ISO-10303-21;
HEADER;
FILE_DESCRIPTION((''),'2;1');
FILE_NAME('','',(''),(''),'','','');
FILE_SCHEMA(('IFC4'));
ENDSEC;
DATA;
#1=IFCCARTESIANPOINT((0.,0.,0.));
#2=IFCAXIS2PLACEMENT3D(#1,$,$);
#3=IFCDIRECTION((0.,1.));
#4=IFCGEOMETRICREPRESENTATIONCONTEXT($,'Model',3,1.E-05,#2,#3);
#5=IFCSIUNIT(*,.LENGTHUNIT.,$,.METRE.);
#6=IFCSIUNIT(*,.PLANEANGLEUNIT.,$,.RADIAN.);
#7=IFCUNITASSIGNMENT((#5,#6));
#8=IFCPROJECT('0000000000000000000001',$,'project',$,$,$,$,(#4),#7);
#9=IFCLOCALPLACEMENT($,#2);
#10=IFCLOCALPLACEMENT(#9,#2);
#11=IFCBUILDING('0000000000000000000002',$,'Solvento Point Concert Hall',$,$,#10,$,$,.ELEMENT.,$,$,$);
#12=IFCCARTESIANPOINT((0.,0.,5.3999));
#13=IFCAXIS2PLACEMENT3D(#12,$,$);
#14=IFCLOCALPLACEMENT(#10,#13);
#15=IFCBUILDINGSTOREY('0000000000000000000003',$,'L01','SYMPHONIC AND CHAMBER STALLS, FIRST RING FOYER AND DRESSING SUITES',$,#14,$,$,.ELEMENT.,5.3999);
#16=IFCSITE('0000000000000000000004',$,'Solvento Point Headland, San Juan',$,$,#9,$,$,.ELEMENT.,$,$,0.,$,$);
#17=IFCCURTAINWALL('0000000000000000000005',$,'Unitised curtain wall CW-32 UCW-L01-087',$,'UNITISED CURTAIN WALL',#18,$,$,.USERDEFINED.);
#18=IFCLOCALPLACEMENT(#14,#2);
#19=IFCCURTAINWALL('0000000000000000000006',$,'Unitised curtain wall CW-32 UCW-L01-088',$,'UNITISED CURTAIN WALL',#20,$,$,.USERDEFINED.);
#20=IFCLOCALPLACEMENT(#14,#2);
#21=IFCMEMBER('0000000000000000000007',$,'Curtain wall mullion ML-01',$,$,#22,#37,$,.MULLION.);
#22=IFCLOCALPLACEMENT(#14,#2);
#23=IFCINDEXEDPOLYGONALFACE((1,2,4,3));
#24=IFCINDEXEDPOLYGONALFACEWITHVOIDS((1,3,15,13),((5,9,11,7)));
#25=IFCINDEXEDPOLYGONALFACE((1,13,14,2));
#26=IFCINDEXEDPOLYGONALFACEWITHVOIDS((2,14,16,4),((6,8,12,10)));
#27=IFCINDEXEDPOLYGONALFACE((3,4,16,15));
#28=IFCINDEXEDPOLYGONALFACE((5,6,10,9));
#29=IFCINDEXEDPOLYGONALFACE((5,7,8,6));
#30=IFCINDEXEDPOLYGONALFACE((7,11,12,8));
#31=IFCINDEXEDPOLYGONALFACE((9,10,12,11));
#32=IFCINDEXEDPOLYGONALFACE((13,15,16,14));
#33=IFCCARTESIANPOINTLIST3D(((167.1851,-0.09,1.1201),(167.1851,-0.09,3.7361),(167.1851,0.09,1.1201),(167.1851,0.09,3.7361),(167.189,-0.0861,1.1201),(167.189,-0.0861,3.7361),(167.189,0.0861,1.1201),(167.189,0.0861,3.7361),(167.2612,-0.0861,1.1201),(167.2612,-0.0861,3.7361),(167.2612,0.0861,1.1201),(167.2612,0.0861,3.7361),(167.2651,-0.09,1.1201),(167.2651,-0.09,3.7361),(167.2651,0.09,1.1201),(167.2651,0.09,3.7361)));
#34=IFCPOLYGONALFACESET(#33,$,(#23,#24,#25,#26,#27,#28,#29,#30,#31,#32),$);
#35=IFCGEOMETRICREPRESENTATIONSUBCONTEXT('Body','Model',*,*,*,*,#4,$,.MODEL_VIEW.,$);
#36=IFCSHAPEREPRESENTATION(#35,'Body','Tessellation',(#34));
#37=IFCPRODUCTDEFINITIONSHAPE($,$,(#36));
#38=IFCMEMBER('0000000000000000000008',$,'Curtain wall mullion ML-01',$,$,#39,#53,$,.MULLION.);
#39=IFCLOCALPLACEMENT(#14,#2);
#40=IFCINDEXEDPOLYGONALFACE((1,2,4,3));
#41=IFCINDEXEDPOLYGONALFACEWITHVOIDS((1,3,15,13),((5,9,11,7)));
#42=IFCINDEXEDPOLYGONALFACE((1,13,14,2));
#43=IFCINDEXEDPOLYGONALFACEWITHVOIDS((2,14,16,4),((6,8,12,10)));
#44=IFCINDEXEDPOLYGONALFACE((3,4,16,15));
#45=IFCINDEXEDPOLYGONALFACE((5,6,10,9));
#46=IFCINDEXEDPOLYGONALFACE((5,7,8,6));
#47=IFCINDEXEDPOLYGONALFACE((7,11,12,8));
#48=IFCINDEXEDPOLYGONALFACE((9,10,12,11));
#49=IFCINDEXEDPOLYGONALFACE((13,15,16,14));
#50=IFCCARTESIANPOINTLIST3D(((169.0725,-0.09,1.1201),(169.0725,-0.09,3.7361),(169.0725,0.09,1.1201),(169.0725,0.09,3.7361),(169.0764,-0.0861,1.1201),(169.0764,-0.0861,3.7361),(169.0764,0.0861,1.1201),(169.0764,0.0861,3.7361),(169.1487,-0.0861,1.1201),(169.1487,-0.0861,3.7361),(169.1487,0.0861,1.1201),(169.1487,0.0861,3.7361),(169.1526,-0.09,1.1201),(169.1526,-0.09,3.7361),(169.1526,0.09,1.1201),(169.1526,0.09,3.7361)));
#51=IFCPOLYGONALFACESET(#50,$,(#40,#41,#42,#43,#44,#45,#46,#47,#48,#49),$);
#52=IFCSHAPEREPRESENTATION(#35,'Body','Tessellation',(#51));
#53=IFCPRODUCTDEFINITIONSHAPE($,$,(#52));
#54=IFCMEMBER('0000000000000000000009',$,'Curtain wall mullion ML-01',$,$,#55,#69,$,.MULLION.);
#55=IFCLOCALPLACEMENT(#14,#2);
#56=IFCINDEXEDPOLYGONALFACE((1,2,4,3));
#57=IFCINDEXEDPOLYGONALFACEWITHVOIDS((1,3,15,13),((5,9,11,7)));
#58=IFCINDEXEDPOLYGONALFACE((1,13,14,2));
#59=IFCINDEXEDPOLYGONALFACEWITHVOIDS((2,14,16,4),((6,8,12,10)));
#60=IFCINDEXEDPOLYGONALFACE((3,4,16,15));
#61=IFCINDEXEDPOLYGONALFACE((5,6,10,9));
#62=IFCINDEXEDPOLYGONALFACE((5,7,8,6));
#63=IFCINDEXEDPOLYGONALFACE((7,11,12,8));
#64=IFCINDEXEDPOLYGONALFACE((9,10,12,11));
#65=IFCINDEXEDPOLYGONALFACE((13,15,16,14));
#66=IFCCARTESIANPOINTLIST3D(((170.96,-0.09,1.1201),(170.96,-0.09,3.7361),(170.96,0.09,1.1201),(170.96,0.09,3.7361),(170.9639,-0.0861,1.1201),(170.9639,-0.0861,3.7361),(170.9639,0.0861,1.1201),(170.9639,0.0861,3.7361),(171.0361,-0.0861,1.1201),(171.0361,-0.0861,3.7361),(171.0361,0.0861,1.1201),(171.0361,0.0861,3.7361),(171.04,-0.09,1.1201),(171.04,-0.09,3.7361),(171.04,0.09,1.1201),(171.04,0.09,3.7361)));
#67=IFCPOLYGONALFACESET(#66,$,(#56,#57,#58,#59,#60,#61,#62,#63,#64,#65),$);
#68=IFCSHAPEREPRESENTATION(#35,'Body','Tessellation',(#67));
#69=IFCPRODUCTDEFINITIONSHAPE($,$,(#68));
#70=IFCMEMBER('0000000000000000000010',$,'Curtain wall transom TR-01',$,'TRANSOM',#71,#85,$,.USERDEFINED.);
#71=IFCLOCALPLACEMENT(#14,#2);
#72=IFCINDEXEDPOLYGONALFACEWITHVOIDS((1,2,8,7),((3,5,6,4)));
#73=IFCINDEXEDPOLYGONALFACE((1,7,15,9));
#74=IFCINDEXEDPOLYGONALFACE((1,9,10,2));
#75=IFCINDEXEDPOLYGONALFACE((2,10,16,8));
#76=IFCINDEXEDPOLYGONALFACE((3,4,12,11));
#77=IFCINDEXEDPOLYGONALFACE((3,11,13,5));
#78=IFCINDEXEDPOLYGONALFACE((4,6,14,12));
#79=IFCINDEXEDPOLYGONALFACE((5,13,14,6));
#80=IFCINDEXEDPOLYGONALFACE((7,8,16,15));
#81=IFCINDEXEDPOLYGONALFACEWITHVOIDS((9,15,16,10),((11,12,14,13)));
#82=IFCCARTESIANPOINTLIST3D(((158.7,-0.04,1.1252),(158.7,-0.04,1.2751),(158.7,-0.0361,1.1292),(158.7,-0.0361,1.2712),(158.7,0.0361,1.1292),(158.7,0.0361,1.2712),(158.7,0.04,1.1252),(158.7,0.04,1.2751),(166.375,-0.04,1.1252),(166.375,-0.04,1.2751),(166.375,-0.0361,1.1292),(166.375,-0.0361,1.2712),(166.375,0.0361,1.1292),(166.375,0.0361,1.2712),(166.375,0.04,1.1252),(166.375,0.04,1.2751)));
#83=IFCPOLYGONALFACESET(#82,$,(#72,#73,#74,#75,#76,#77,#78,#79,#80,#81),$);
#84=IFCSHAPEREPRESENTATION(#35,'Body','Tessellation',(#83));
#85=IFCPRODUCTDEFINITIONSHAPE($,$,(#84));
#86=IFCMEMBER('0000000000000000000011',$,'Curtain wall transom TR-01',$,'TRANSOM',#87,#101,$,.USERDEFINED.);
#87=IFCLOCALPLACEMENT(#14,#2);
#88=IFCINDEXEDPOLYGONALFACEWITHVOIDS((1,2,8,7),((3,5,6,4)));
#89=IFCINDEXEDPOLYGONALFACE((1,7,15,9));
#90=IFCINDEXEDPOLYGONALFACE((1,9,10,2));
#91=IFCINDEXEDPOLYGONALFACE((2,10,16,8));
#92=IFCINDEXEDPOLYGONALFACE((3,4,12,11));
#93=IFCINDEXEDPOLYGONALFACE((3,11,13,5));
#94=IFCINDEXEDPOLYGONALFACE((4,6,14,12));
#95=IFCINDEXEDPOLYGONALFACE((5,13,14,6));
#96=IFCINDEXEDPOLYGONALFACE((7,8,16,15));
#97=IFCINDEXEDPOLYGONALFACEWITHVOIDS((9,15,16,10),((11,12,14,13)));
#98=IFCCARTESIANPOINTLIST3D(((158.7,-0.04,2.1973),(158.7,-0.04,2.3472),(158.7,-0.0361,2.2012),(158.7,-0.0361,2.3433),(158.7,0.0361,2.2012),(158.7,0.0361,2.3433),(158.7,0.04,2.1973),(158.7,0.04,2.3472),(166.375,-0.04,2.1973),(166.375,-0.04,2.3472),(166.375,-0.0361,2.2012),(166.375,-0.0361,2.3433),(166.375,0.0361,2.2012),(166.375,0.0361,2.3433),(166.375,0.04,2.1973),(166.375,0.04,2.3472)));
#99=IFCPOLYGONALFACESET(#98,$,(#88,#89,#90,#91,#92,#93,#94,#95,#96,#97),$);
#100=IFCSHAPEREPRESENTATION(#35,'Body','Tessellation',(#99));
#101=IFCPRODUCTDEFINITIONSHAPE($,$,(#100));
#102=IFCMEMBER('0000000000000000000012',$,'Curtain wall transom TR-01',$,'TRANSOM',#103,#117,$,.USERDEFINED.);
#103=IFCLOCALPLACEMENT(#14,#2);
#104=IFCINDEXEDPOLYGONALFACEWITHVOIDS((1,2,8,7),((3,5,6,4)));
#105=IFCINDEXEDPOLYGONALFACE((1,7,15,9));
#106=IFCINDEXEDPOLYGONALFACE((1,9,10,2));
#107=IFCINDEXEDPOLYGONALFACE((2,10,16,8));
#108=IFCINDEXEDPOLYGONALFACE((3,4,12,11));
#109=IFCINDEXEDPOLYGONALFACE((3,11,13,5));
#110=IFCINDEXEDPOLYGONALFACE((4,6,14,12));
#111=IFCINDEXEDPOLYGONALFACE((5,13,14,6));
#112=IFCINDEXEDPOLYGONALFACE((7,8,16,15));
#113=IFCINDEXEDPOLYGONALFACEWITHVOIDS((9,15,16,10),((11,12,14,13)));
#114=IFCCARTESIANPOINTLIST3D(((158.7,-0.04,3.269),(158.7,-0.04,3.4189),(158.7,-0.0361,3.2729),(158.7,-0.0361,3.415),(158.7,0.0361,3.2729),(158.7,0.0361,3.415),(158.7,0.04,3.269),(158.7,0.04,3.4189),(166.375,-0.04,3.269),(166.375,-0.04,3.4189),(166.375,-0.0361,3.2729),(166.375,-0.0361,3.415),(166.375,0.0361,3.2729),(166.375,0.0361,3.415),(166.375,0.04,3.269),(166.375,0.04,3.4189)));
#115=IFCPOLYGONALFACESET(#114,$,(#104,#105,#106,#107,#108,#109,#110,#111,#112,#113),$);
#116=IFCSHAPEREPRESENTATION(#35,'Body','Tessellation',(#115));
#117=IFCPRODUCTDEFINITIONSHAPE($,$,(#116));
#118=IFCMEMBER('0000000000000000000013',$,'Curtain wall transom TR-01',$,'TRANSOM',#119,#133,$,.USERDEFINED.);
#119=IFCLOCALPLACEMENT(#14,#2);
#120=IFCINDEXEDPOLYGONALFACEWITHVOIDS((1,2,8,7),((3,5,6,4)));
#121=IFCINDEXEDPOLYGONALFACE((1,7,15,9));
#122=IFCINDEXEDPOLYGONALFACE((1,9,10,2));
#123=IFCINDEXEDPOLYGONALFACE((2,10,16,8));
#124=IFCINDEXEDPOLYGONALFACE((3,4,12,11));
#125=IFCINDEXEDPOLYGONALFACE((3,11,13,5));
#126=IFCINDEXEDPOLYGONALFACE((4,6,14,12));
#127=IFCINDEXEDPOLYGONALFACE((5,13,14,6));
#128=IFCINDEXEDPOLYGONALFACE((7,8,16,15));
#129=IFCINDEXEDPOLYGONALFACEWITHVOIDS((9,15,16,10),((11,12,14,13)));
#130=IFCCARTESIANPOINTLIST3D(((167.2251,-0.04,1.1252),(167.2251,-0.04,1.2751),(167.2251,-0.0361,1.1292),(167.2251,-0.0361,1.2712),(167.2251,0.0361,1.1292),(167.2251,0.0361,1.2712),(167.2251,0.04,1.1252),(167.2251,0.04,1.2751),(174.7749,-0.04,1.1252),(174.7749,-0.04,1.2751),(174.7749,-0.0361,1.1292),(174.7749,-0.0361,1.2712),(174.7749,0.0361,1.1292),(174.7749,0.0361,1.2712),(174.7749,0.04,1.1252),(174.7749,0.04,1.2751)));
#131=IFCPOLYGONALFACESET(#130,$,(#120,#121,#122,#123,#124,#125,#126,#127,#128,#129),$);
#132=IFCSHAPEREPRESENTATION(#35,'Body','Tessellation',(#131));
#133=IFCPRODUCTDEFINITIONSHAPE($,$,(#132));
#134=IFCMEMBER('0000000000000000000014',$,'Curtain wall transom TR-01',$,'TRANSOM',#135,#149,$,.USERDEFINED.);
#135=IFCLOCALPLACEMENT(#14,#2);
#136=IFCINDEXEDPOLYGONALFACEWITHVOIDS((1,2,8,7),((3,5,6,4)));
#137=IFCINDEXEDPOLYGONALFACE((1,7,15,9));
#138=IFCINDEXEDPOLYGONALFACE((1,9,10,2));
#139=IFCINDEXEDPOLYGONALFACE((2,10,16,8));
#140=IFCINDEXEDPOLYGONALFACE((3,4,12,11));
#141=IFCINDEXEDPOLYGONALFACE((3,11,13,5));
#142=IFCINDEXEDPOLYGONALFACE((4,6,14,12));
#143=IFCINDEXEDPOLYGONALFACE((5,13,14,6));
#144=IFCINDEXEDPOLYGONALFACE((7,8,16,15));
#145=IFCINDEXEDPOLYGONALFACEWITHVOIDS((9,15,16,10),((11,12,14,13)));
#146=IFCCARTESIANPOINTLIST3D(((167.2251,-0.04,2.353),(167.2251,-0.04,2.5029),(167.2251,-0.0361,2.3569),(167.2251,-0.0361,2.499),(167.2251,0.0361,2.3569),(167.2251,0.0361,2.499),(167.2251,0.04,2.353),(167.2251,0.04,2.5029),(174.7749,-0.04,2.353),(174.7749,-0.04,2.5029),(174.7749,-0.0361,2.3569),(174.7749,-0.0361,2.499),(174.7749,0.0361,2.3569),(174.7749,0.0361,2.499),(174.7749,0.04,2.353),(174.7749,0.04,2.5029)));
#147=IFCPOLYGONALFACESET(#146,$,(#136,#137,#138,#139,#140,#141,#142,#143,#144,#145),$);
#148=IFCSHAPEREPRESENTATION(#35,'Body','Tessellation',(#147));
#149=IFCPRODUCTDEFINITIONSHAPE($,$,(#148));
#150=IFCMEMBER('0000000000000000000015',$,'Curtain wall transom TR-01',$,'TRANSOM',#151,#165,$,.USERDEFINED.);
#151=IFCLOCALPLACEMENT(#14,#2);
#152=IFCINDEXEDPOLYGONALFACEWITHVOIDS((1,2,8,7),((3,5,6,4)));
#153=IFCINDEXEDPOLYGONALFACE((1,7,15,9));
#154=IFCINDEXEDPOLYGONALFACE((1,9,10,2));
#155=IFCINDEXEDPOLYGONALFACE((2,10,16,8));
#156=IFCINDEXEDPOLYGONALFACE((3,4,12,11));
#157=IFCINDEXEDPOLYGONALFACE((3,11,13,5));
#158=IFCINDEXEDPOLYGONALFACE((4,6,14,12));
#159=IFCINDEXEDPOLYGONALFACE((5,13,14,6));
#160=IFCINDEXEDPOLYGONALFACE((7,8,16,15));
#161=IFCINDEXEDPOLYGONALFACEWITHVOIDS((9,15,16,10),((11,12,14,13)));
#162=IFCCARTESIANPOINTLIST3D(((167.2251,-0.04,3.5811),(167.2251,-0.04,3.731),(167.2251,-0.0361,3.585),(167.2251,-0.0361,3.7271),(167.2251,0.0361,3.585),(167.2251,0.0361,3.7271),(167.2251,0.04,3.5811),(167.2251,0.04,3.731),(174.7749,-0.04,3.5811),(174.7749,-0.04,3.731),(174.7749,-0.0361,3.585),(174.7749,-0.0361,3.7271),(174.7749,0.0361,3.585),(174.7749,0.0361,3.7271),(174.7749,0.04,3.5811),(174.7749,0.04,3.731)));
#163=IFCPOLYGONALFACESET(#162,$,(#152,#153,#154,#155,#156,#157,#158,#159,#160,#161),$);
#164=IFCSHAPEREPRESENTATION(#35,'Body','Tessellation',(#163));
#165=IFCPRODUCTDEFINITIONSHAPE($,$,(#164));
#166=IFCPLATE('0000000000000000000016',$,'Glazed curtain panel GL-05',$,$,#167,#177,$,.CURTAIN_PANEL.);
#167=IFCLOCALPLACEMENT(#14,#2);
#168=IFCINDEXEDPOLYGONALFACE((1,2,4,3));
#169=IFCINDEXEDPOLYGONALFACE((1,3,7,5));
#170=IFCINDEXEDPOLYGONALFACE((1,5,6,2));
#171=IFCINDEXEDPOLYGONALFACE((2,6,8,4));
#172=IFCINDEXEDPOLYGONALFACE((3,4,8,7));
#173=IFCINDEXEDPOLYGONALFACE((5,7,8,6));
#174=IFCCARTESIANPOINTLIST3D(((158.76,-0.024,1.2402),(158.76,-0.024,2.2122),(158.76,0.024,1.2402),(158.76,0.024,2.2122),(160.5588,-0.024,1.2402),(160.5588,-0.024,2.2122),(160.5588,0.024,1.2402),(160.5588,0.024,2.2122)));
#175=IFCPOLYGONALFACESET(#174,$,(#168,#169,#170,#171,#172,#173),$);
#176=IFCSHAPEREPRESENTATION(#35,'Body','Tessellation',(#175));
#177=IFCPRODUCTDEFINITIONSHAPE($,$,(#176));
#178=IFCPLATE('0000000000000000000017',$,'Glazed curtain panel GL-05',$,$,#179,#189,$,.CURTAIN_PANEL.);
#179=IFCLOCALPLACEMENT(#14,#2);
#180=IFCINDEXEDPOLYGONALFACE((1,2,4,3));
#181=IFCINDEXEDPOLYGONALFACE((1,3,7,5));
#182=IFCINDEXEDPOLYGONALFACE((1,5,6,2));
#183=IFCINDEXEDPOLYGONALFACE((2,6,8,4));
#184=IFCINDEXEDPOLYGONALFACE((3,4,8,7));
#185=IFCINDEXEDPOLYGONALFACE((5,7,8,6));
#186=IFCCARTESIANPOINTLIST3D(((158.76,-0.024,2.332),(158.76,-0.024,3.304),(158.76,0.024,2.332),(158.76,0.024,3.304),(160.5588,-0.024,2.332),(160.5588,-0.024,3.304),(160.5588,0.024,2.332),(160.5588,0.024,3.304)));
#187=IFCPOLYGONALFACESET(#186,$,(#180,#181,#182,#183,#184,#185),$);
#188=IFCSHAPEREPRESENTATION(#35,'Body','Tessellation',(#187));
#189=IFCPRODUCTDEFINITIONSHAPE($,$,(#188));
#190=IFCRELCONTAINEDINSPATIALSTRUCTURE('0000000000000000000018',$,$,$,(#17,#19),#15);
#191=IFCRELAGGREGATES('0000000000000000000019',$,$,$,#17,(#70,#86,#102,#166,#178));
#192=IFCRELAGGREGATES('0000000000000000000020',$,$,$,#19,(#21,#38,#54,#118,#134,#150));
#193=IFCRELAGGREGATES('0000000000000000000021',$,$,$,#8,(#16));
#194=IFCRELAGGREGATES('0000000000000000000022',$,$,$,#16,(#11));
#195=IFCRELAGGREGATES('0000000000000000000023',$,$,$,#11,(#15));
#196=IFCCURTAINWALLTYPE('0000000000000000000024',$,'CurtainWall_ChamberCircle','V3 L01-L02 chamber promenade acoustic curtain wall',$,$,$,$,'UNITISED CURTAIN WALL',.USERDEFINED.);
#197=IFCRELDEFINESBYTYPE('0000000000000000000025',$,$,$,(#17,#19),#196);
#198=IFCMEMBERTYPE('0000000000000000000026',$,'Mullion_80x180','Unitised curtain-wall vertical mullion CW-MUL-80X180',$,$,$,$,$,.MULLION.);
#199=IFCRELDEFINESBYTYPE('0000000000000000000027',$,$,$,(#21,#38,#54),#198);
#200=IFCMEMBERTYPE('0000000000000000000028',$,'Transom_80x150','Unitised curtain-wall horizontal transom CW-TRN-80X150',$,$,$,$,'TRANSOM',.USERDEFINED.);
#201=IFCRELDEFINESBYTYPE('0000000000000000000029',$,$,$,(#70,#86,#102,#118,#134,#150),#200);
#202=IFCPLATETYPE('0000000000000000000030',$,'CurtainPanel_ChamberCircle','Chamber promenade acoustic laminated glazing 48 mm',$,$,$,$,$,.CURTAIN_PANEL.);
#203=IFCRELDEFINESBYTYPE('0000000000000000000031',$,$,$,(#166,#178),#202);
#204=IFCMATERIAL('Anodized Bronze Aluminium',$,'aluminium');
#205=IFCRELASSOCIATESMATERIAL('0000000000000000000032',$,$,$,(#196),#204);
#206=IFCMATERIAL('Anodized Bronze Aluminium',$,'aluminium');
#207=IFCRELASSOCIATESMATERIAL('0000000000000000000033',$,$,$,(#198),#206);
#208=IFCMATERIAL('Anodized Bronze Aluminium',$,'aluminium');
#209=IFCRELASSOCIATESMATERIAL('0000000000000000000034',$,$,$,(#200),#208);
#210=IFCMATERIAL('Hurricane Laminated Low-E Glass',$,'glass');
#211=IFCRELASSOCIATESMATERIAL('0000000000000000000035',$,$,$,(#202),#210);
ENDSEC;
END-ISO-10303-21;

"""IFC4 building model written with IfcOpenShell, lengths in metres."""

from ifc_helpers import new_model, si_unit, direction, frame, origin, origin_2d, place, context, subcontext, project, spatial, rectangle, hollow_rectangle, extrude, material, material_profile, profile_set, type_object, element, aggregate, save


model = new_model("IFC4")

# Units and contexts
model_context = context("Model", 3, precision=1e-05, world=origin(), true_north=direction((0.0, 1.0)))
body_context = subcontext(model_context, "Body", "Model", "MODEL_VIEW")
ifc_project = project(units=[si_unit("LENGTHUNIT", "METRE"), si_unit("PLANEANGLEUNIT", "RADIAN")], contexts=[model_context])

# Site, building, storey
site_placement = place(None, origin())
site = spatial("IfcSite", under=ifc_project, at=site_placement, Name="Solvento Point Headland, San Juan", CompositionType="ELEMENT", RefElevation=0.0)
building_placement = place(site_placement, origin())
building = spatial("IfcBuilding", under=site, at=building_placement, Name="Solvento Point Concert Hall", CompositionType="ELEMENT")
storey_placement = place(building_placement, frame((0.0, 0.0, 5.3999)))
storey = spatial("IfcBuildingStorey", under=building, at=storey_placement, Name="L01", Description="SYMPHONIC AND CHAMBER STALLS, FIRST RING FOYER AND DRESSING SUITES", CompositionType="ELEMENT", Elevation=5.3999)

# Curtain walls, members
ifc_material_1 = material(Name="Anodized Bronze Aluminium", Category="aluminium")
curtain_wall_type = type_object("IfcCurtainWallType", Name="CurtainWall_ChamberCircle", Description="V3 L01-L02 chamber promenade acoustic curtain wall", ElementType="UNITISED CURTAIN WALL", PredefinedType="USERDEFINED", material=ifc_material_1)
curtain_wall_1_placement = place(storey_placement, origin())
curtain_wall_1 = element("IfcCurtainWall", 1, at=curtain_wall_1_placement, inside=storey, type_object=curtain_wall_type, Name="Unitised curtain wall CW-32 UCW-L01-087", ObjectType="UNITISED CURTAIN WALL", PredefinedType="USERDEFINED")
ifc_material_2 = material(Name="Anodized Bronze Aluminium", Category="aluminium")
ifc_material_profile_1 = material_profile(ifc_material_2, hollow_rectangle(XDim=0.0801, YDim=0.1799, WallThickness=0.0039, at=origin_2d()), Name="CW-MUL-80X180")
ifc_profile_set_1 = profile_set([ifc_material_profile_1], Name="Anodized Bronze Aluminium")
member_type_1 = type_object("IfcMemberType", Name="Mullion_80x180", Description="Unitised curtain-wall vertical mullion CW-MUL-80X180", PredefinedType="MULLION", material=ifc_profile_set_1)
curtain_wall_2_placement = place(storey_placement, origin())
curtain_wall_2 = element("IfcCurtainWall", 2, at=curtain_wall_2_placement, inside=storey, type_object=curtain_wall_type, Name="Unitised curtain wall CW-32 UCW-L01-088", ObjectType="UNITISED CURTAIN WALL", PredefinedType="USERDEFINED")
member_1_placement = place(storey_placement, frame((167.2251, 0.0, 1.1201), z_axis=(0.0, 0.0, 1.0), x_axis=(1.0, 0.0, 0.0)))
member_1 = element("IfcMember", 3, at=member_1_placement, type_object=member_type_1, Name="Curtain wall mullion ML-01", PredefinedType="MULLION", context=body_context, shape_type="SweptSolid", body=[
    extrude(hollow_rectangle(XDim=0.0801, YDim=0.1799, WallThickness=0.0039, at=origin_2d()), origin(), (0.0, 0.0, 1.0), 2.616),
])
member_2_placement = place(storey_placement, frame((169.1125, 0.0, 1.1201), z_axis=(0.0, 0.0, 1.0), x_axis=(1.0, 0.0, 0.0)))
member_2 = element("IfcMember", 4, at=member_2_placement, type_object=member_type_1, Name="Curtain wall mullion ML-01", PredefinedType="MULLION", context=body_context, shape_type="SweptSolid", body=[
    extrude(hollow_rectangle(XDim=0.0801, YDim=0.1799, WallThickness=0.0039, at=origin_2d()), origin(), (0.0, 0.0, 1.0), 2.616),
])
member_3_placement = place(storey_placement, frame((171.0, 0.0, 1.1201), z_axis=(0.0, 0.0, 1.0), x_axis=(1.0, 0.0, 0.0)))
member_3 = element("IfcMember", 5, at=member_3_placement, type_object=member_type_1, Name="Curtain wall mullion ML-01", PredefinedType="MULLION", context=body_context, shape_type="SweptSolid", body=[
    extrude(hollow_rectangle(XDim=0.0801, YDim=0.1799, WallThickness=0.0039, at=origin_2d()), origin(), (0.0, 0.0, 1.0), 2.616),
])

# Members
ifc_material_3 = material(Name="Anodized Bronze Aluminium", Category="aluminium")
ifc_material_profile_2 = material_profile(ifc_material_3, hollow_rectangle(XDim=0.0801, YDim=0.1499, WallThickness=0.0039, at=origin_2d()), Name="CW-TRN-80X150")
ifc_profile_set_2 = profile_set([ifc_material_profile_2], Name="Anodized Bronze Aluminium")
member_type_2 = type_object("IfcMemberType", Name="Transom_80x150", Description="Unitised curtain-wall horizontal transom CW-TRN-80X150", ElementType="TRANSOM", PredefinedType="USERDEFINED", material=ifc_profile_set_2)
member_4_placement = place(storey_placement, frame((158.7, 0.0, 1.2002), z_axis=(1.0, 0.0, 0.0), x_axis=(0.0, 1.0, 0.0)))
member_4 = element("IfcMember", 6, at=member_4_placement, type_object=member_type_2, Name="Curtain wall transom TR-01", ObjectType="TRANSOM", PredefinedType="USERDEFINED", context=body_context, shape_type="SweptSolid", body=[
    extrude(hollow_rectangle(XDim=0.0801, YDim=0.1499, WallThickness=0.0039, at=origin_2d()), origin(), (0.0, 0.0, 1.0), 7.675),
])
member_5_placement = place(storey_placement, frame((158.7, 0.0, 2.2722), z_axis=(1.0, 0.0, 0.0), x_axis=(0.0, 1.0, 0.0)))
member_5 = element("IfcMember", 7, at=member_5_placement, type_object=member_type_2, Name="Curtain wall transom TR-01", ObjectType="TRANSOM", PredefinedType="USERDEFINED", context=body_context, shape_type="SweptSolid", body=[
    extrude(hollow_rectangle(XDim=0.0801, YDim=0.1499, WallThickness=0.0039, at=origin_2d()), origin(), (0.0, 0.0, 1.0), 7.675),
])
member_6_placement = place(storey_placement, frame((158.7, 0.0, 3.344), z_axis=(1.0, 0.0, 0.0), x_axis=(0.0, 1.0, 0.0)))
member_6 = element("IfcMember", 8, at=member_6_placement, type_object=member_type_2, Name="Curtain wall transom TR-01", ObjectType="TRANSOM", PredefinedType="USERDEFINED", context=body_context, shape_type="SweptSolid", body=[
    extrude(hollow_rectangle(XDim=0.0801, YDim=0.1499, WallThickness=0.0039, at=origin_2d()), origin(), (0.0, 0.0, 1.0), 7.675),
])
member_7_placement = place(storey_placement, frame((167.2251, 0.0, 1.2002), z_axis=(1.0, 0.0, 0.0), x_axis=(0.0, 1.0, 0.0)))
member_7 = element("IfcMember", 9, at=member_7_placement, type_object=member_type_2, Name="Curtain wall transom TR-01", ObjectType="TRANSOM", PredefinedType="USERDEFINED", context=body_context, shape_type="SweptSolid", body=[
    extrude(hollow_rectangle(XDim=0.0801, YDim=0.1499, WallThickness=0.0039, at=origin_2d()), origin(), (0.0, 0.0, 1.0), 7.5498),
])
member_8_placement = place(storey_placement, frame((167.2251, 0.0, 2.428), z_axis=(1.0, 0.0, 0.0), x_axis=(0.0, 1.0, 0.0)))
member_8 = element("IfcMember", 10, at=member_8_placement, type_object=member_type_2, Name="Curtain wall transom TR-01", ObjectType="TRANSOM", PredefinedType="USERDEFINED", context=body_context, shape_type="SweptSolid", body=[
    extrude(hollow_rectangle(XDim=0.0801, YDim=0.1499, WallThickness=0.0039, at=origin_2d()), origin(), (0.0, 0.0, 1.0), 7.5498),
])
member_9_placement = place(storey_placement, frame((167.2251, 0.0, 3.656), z_axis=(1.0, 0.0, 0.0), x_axis=(0.0, 1.0, 0.0)))
member_9 = element("IfcMember", 11, at=member_9_placement, type_object=member_type_2, Name="Curtain wall transom TR-01", ObjectType="TRANSOM", PredefinedType="USERDEFINED", context=body_context, shape_type="SweptSolid", body=[
    extrude(hollow_rectangle(XDim=0.0801, YDim=0.1499, WallThickness=0.0039, at=origin_2d()), origin(), (0.0, 0.0, 1.0), 7.5498),
])

# Plates
ifc_material_4 = material(Name="Hurricane Laminated Low-E Glass", Category="glass")
plate_type = type_object("IfcPlateType", Name="CurtainPanel_ChamberCircle", Description="Chamber promenade acoustic laminated glazing 48 mm", PredefinedType="CURTAIN_PANEL", material=ifc_material_4)
plate_1_placement = place(storey_placement, frame((159.6594, 0.0, 1.2402), z_axis=(0.0, 0.0, 1.0), x_axis=(1.0, 0.0, 0.0)))
plate_1 = element("IfcPlate", 12, at=plate_1_placement, type_object=plate_type, Name="Glazed curtain panel GL-05", PredefinedType="CURTAIN_PANEL", context=body_context, shape_type="SweptSolid", body=[
    extrude(rectangle(XDim=1.7988, YDim=0.0481, at=origin_2d()), origin(), (0.0, 0.0, 1.0), 0.9719),
])
plate_2_placement = place(storey_placement, frame((159.6594, 0.0, 2.332), z_axis=(0.0, 0.0, 1.0), x_axis=(1.0, 0.0, 0.0)))
plate_2 = element("IfcPlate", 13, at=plate_2_placement, type_object=plate_type, Name="Glazed curtain panel GL-05", PredefinedType="CURTAIN_PANEL", context=body_context, shape_type="SweptSolid", body=[
    extrude(rectangle(XDim=1.7988, YDim=0.0481, at=origin_2d()), origin(), (0.0, 0.0, 1.0), 0.9719),
])
aggregate(curtain_wall_1, [member_4, member_5, member_6, plate_1, plate_2])
aggregate(curtain_wall_2, [member_1, member_2, member_3, member_7, member_8, member_9])

save(model, "model.ifc")
